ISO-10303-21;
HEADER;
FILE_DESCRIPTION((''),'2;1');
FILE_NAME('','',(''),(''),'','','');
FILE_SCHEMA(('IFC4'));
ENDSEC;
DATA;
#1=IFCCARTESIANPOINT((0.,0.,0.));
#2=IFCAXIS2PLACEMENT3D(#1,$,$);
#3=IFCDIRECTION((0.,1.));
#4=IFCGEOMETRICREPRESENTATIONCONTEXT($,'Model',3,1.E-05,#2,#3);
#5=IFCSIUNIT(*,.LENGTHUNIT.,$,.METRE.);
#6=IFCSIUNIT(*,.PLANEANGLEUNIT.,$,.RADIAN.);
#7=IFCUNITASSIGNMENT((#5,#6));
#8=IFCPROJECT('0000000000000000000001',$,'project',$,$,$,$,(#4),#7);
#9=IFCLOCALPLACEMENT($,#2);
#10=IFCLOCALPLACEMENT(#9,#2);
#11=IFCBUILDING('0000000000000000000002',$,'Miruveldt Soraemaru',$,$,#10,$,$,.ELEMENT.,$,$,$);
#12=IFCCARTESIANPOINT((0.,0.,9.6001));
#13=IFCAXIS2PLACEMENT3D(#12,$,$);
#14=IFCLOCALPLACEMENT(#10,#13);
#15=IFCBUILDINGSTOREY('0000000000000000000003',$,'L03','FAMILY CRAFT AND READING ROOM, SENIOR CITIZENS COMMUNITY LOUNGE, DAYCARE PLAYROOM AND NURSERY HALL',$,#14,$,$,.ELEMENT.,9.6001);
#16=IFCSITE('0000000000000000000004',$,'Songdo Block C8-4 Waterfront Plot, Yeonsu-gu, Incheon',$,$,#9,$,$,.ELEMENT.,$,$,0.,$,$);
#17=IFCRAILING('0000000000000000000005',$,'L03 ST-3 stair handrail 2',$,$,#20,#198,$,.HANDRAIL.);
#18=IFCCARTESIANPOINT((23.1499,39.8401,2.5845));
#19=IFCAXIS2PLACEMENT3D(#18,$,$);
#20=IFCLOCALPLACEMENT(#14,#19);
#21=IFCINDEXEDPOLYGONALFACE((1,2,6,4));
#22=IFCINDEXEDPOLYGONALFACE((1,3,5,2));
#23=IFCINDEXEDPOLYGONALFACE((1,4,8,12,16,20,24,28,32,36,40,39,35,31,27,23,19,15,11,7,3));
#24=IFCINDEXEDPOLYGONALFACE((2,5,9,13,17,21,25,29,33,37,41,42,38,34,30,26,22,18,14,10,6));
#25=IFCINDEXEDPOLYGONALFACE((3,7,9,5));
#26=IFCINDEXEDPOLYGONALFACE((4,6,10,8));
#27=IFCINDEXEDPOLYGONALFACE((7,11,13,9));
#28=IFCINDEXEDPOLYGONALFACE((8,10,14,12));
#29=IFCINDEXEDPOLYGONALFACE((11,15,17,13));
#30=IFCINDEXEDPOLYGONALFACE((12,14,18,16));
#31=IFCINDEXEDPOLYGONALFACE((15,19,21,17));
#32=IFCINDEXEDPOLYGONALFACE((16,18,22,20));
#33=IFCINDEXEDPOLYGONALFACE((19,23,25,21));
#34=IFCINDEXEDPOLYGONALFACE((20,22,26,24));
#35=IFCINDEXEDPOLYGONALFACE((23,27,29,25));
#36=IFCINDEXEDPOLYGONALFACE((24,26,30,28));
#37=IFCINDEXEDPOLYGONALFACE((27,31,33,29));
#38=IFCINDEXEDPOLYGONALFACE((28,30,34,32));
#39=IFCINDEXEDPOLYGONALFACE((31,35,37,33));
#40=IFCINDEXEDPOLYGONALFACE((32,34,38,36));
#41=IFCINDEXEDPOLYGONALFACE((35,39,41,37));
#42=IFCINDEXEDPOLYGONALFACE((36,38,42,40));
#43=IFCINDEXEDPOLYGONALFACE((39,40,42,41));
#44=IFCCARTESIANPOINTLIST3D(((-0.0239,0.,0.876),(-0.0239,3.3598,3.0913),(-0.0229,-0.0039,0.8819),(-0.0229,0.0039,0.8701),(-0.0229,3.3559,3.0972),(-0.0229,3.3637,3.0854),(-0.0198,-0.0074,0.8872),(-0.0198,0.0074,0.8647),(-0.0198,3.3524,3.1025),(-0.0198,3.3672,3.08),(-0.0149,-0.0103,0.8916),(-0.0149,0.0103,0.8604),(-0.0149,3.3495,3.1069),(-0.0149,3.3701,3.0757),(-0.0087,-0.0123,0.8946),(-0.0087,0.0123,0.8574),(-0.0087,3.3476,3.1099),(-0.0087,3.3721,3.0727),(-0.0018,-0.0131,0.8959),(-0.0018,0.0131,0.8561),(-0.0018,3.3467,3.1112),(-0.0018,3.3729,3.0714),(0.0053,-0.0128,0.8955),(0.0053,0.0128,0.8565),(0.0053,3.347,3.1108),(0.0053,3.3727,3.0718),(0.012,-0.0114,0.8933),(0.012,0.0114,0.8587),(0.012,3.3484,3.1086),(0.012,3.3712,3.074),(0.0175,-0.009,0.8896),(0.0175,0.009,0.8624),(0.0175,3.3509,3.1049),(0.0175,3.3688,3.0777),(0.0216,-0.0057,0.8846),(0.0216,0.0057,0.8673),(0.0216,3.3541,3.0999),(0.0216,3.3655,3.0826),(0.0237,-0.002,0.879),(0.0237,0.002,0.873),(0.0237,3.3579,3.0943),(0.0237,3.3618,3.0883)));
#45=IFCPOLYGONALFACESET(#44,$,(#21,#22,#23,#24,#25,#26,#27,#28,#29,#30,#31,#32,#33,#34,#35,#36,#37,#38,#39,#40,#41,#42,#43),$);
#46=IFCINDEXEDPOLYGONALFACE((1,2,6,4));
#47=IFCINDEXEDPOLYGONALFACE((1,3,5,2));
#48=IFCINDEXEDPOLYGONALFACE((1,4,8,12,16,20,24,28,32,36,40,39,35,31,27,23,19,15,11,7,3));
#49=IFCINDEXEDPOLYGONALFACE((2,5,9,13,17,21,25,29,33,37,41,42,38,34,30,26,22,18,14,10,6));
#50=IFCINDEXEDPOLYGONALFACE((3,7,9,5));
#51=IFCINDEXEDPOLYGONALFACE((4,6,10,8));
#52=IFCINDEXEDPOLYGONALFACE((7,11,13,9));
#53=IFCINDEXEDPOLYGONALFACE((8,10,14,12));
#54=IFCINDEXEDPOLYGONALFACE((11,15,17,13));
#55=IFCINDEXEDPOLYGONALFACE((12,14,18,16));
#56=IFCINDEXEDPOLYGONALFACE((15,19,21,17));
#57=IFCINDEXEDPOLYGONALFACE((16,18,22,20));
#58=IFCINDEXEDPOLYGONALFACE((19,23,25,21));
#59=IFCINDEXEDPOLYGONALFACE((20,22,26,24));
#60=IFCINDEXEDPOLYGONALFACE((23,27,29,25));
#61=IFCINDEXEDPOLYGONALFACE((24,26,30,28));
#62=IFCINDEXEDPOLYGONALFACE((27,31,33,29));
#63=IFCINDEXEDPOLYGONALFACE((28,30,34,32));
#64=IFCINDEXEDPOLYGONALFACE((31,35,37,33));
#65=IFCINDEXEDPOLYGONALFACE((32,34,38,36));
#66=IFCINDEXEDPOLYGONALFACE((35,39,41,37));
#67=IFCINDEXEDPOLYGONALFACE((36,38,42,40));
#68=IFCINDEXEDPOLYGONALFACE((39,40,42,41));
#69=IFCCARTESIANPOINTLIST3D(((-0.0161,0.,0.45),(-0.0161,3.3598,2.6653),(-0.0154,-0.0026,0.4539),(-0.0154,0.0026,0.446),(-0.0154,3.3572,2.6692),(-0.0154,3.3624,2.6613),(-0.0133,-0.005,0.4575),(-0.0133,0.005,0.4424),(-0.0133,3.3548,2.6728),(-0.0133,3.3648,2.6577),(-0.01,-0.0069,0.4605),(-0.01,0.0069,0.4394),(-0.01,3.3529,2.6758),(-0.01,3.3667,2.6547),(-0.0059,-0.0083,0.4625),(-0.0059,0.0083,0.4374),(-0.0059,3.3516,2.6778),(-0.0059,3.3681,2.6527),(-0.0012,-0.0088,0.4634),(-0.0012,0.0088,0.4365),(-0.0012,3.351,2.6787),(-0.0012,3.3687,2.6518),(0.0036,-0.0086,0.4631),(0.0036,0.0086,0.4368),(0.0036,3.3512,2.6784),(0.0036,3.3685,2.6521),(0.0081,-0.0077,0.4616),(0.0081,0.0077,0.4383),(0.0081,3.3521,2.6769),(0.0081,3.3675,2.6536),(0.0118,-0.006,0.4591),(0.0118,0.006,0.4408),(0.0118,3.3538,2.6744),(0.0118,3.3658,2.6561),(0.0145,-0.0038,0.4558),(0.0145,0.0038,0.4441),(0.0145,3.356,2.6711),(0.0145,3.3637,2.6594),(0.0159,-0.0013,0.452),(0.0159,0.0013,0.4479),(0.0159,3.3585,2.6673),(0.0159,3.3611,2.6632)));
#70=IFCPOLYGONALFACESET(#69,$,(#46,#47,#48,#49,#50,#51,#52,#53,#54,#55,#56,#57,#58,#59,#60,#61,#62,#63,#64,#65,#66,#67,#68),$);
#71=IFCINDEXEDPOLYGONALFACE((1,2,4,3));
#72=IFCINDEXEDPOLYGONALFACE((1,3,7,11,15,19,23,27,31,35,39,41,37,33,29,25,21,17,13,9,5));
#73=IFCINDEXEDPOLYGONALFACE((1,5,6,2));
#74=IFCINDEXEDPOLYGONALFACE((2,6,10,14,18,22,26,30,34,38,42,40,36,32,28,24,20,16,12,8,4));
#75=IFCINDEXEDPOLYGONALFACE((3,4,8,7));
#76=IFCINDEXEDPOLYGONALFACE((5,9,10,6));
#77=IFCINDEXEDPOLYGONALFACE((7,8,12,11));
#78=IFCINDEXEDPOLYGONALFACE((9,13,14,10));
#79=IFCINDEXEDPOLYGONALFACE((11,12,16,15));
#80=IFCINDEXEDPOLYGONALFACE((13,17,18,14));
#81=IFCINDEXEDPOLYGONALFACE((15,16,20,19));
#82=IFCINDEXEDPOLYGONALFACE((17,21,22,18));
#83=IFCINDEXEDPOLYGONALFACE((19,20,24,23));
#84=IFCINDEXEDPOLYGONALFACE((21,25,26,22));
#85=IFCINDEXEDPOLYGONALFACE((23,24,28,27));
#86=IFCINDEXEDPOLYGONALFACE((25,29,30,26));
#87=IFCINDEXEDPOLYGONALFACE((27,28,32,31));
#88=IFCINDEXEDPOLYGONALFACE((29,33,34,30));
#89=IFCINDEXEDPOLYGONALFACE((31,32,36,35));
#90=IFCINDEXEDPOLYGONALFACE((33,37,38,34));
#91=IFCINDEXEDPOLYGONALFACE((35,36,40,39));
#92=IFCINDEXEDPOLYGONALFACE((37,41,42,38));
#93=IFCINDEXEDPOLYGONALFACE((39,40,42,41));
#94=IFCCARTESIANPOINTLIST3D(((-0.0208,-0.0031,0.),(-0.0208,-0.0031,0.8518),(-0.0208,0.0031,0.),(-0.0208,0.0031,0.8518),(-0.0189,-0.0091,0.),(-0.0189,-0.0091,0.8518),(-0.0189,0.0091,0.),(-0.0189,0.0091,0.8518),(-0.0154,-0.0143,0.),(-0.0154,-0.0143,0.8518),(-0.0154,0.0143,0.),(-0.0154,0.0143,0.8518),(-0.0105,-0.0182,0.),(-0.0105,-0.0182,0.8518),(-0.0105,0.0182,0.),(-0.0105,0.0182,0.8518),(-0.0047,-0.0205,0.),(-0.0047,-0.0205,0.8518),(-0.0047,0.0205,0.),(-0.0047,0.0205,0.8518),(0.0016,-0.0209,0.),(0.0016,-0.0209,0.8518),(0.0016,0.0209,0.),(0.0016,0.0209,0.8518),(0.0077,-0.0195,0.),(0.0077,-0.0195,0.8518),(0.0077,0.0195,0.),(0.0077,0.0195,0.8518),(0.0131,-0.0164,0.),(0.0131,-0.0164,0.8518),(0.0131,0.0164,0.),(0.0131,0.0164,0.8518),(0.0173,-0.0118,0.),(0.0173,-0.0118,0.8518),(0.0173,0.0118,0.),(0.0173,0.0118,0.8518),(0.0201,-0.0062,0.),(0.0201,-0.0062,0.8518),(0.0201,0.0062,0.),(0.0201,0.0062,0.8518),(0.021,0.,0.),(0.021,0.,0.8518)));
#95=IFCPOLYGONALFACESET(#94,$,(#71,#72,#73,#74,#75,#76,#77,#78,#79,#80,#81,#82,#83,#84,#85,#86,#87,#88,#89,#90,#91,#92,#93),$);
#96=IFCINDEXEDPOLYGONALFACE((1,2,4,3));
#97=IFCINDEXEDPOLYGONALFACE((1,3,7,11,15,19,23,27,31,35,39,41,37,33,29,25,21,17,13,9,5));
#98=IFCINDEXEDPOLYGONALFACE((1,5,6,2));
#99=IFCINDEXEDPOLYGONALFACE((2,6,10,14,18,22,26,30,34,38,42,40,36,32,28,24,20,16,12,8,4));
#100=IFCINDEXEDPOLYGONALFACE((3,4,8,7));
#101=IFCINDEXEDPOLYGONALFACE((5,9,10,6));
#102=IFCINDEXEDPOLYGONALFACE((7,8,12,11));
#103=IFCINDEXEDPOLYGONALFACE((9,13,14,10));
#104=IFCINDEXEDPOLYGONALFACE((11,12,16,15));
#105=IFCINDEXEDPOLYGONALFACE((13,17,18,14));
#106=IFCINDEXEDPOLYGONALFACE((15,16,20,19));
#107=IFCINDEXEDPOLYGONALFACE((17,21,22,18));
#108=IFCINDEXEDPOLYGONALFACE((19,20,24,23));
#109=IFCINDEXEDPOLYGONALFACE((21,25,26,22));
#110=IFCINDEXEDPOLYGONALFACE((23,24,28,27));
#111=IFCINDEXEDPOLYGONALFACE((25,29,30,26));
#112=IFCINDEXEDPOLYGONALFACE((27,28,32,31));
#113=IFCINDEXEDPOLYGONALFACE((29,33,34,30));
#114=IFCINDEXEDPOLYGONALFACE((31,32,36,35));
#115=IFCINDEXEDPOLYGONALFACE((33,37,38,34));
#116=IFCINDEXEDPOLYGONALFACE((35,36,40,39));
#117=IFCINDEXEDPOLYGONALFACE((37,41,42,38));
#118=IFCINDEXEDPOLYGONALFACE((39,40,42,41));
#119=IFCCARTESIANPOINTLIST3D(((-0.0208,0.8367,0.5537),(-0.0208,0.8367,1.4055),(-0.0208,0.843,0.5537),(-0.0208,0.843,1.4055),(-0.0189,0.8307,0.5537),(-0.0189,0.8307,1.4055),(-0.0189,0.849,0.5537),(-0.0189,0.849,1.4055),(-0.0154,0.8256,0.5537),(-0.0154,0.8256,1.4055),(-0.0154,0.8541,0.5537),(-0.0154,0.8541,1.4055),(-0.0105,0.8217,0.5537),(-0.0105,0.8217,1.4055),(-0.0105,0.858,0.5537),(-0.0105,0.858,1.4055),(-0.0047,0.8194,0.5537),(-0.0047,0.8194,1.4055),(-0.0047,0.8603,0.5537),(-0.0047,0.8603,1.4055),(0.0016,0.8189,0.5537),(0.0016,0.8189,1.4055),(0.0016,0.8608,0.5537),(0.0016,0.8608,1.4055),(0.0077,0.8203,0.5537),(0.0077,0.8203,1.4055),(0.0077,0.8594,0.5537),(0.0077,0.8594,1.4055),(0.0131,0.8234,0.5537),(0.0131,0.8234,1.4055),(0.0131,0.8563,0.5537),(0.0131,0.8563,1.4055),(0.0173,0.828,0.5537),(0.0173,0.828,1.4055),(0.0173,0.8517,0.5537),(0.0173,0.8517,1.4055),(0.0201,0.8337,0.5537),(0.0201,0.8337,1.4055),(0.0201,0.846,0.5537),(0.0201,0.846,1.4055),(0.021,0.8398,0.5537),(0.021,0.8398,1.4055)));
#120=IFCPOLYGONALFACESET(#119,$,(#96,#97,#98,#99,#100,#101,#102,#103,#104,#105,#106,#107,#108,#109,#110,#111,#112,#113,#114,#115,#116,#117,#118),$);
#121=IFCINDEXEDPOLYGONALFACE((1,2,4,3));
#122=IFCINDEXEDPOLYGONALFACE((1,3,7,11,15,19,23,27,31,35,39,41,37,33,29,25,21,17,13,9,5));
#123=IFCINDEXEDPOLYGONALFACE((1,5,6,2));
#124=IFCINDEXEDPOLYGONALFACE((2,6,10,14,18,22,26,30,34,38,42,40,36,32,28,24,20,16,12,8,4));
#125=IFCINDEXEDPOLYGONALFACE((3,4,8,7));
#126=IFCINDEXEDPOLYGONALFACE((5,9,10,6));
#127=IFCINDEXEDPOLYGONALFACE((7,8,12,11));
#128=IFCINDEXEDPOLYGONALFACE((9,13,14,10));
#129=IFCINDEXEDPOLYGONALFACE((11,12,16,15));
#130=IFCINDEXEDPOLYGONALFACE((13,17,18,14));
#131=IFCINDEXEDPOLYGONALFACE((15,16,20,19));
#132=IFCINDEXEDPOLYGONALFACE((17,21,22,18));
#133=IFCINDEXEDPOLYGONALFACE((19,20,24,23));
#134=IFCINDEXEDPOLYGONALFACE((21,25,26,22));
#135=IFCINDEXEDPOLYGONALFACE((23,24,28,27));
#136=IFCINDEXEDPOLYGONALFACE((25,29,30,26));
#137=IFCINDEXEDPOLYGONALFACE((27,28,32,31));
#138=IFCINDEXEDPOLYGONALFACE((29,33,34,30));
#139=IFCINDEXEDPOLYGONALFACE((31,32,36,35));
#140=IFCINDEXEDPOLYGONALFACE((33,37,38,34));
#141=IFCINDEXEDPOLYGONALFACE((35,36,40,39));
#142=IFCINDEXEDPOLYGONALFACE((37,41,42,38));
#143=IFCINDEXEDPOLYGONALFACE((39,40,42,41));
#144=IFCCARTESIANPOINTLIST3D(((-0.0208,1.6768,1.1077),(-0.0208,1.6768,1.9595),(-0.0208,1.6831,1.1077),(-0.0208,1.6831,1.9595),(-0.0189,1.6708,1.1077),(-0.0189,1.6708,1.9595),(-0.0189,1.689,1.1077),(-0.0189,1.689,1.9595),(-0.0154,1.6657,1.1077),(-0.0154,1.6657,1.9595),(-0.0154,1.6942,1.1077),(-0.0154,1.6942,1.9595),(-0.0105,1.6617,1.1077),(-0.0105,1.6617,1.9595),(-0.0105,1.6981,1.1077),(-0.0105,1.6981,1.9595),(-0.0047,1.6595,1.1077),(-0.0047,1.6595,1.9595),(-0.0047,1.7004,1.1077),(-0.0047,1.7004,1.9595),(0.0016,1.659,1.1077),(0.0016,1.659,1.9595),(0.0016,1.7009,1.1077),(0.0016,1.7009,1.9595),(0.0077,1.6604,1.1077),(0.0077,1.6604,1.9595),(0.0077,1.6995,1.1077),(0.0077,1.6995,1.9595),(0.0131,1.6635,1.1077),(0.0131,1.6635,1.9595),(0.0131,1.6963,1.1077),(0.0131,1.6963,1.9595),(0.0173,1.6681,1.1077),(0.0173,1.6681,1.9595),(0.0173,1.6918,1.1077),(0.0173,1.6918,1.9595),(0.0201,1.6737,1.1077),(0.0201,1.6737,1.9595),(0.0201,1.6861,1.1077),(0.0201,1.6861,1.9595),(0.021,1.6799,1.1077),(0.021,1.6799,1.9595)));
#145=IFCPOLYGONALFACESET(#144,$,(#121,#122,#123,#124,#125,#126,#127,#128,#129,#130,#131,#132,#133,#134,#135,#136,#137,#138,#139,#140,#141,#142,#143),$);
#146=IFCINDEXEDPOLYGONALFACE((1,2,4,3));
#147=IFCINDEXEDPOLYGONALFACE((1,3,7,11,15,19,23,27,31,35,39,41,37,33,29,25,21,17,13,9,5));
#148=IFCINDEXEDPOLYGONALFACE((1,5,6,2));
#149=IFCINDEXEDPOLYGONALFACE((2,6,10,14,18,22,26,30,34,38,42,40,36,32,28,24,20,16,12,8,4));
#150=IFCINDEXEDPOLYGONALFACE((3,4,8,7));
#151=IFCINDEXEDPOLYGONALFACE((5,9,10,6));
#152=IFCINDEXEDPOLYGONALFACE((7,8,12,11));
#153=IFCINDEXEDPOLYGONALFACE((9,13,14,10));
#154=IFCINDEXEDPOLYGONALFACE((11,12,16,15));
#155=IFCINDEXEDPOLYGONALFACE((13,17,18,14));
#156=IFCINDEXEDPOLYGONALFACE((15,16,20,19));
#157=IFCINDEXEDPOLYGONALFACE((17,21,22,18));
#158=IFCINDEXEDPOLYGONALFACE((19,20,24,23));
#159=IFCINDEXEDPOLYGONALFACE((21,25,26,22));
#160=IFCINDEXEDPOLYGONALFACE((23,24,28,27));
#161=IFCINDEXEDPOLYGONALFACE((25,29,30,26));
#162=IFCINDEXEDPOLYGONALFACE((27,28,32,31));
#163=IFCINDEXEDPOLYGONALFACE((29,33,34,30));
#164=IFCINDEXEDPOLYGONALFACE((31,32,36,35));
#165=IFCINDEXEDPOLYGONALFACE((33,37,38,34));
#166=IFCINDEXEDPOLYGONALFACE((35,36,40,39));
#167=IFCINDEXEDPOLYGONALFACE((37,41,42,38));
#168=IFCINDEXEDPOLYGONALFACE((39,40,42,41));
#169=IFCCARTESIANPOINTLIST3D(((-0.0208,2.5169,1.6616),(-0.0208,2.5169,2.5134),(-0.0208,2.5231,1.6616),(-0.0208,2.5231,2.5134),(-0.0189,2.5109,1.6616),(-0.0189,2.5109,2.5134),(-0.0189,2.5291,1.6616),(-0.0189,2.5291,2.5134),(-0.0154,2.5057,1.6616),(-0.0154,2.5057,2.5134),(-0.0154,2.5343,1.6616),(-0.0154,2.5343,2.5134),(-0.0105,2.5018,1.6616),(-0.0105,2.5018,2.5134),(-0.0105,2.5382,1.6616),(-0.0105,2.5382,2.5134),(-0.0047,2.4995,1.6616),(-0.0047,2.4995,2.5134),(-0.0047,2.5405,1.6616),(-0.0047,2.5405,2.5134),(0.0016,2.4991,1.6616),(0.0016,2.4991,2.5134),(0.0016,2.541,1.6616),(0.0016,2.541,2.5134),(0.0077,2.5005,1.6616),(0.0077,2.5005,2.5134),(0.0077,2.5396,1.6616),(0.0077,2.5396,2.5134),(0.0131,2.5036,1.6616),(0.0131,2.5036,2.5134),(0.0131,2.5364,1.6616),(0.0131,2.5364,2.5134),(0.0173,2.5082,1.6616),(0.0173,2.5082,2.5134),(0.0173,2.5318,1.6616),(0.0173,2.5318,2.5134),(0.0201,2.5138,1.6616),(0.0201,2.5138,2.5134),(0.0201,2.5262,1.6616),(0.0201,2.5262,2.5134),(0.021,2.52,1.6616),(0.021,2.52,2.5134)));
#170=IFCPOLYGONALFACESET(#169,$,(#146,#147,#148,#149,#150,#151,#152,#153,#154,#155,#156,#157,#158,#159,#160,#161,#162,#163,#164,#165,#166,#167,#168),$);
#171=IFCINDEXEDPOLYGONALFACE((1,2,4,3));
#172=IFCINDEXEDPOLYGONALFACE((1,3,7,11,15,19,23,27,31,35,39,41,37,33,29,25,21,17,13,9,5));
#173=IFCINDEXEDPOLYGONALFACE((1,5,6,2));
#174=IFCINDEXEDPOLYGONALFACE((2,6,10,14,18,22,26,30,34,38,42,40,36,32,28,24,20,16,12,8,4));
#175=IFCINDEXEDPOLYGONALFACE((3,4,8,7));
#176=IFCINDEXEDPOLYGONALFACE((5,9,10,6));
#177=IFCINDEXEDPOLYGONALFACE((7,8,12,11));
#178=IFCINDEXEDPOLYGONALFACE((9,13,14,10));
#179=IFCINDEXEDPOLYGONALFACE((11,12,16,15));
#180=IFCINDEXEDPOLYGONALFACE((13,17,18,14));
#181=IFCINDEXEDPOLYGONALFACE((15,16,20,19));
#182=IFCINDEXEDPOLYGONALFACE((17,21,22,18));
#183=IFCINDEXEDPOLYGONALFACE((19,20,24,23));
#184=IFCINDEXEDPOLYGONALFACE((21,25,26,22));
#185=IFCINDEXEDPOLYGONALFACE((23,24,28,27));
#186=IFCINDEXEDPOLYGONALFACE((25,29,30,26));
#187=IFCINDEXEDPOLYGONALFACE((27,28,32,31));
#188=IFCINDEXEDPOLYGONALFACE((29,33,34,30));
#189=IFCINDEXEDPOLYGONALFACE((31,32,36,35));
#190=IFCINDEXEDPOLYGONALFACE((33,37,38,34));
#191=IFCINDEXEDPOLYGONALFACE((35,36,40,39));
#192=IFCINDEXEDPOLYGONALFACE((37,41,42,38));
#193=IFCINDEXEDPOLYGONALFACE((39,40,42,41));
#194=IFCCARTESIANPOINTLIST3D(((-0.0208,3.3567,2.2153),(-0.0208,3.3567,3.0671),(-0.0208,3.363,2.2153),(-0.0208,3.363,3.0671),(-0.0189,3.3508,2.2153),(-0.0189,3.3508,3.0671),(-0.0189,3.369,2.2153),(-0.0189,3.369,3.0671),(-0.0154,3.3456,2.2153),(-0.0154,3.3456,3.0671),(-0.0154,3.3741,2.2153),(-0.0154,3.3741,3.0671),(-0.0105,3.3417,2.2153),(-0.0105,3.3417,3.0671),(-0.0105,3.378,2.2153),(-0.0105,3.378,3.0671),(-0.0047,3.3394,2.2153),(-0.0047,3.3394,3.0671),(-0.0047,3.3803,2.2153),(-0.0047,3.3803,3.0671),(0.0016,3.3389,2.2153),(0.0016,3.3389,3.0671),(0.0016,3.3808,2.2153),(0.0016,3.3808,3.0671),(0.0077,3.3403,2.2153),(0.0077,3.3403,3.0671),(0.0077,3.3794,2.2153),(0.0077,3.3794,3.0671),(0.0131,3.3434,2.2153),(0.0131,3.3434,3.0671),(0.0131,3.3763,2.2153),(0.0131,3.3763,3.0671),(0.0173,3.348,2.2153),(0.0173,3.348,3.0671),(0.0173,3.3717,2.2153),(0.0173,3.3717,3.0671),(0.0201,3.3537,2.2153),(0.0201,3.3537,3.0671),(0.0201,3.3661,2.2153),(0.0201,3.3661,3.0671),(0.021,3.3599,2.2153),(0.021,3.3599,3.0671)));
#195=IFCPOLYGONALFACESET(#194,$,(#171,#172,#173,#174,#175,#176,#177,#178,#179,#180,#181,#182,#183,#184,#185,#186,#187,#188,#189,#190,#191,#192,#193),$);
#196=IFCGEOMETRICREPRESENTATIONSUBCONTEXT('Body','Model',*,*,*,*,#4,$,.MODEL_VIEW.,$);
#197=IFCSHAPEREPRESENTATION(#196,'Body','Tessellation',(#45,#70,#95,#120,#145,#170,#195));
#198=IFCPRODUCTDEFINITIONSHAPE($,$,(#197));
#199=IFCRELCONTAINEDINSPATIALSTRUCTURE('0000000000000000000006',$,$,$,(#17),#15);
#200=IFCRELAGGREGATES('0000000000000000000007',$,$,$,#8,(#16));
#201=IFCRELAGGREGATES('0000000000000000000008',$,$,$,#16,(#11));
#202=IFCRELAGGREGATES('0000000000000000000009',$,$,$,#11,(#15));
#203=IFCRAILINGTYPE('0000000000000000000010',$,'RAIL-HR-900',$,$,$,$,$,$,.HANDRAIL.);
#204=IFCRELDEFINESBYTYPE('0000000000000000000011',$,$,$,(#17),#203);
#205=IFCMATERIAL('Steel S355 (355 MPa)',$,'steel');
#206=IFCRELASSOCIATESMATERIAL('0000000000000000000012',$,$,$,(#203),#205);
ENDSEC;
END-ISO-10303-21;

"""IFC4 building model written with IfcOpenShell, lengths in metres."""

from ifc_helpers import new_model, si_unit, direction, frame, origin, origin_2d, place, context, subcontext, project, spatial, circle, extrude, material, type_object, element, save


model = new_model("IFC4")

# Units and contexts
model_context = context("Model", 3, precision=1e-05, world=origin(), true_north=direction((0.0, 1.0)))
body_context = subcontext(model_context, "Body", "Model", "MODEL_VIEW")
ifc_project = project(units=[si_unit("LENGTHUNIT", "METRE"), si_unit("PLANEANGLEUNIT", "RADIAN")], contexts=[model_context])

# Site, building, storey
site_placement = place(None, origin())
site = spatial("IfcSite", under=ifc_project, at=site_placement, Name="Songdo Block C8-4 Waterfront Plot, Yeonsu-gu, Incheon", CompositionType="ELEMENT", RefElevation=0.0)
building_placement = place(site_placement, origin())
building = spatial("IfcBuilding", under=site, at=building_placement, Name="Miruveldt Soraemaru", CompositionType="ELEMENT")
storey_placement = place(building_placement, frame((0.0, 0.0, 9.6001)))
storey = spatial("IfcBuildingStorey", under=building, at=storey_placement, Name="L03", Description="FAMILY CRAFT AND READING ROOM, SENIOR CITIZENS COMMUNITY LOUNGE, DAYCARE PLAYROOM AND NURSERY HALL", CompositionType="ELEMENT", Elevation=9.6001)

# Railing
ifc_material_1 = material(Name="Steel S355 (355 MPa)", Category="steel")
railing_type_1 = type_object("IfcRailingType", Name="RAIL-HR-900", PredefinedType="HANDRAIL", material=ifc_material_1)
railing_1_placement = place(storey_placement, frame((23.1499, 39.8401, 2.5845)))
element("IfcRailing", 1, at=railing_1_placement, inside=storey, type_object=railing_type_1, Name="L03 ST-3 stair handrail 2", PredefinedType="HANDRAIL", context=body_context, shape_type="SweptSolid", body=[
    extrude(circle(Radius=0.0239, at=origin_2d()), frame((0.0, 0.0, 0.876), z_axis=(0.0, 0.834858, 0.550465), x_axis=(-1.0, 0.0, 0.0)), (0.0, 0.0, 1.0), 4.0244),
    extrude(circle(Radius=0.0161, at=origin_2d()), frame((0.0, 0.0, 0.45), z_axis=(0.0, 0.834858, 0.550465), x_axis=(-1.0, 0.0, 0.0)), (0.0, 0.0, 1.0), 4.0244),
    extrude(circle(Radius=0.021, at=origin_2d()), origin(), (0.0, 0.0, 1.0), 0.8518),
    extrude(circle(Radius=0.021, at=origin_2d()), frame((0.0, 0.8398, 0.5537)), (0.0, 0.0, 1.0), 0.8518),
    extrude(circle(Radius=0.021, at=origin_2d()), frame((0.0, 1.6799, 1.1077)), (0.0, 0.0, 1.0), 0.8518),
    extrude(circle(Radius=0.021, at=origin_2d()), frame((0.0, 2.52, 1.6616)), (0.0, 0.0, 1.0), 0.8518),
    extrude(circle(Radius=0.021, at=origin_2d()), frame((0.0, 3.3599, 2.2153)), (0.0, 0.0, 1.0), 0.8518),
])

save(model, "model.ifc")
